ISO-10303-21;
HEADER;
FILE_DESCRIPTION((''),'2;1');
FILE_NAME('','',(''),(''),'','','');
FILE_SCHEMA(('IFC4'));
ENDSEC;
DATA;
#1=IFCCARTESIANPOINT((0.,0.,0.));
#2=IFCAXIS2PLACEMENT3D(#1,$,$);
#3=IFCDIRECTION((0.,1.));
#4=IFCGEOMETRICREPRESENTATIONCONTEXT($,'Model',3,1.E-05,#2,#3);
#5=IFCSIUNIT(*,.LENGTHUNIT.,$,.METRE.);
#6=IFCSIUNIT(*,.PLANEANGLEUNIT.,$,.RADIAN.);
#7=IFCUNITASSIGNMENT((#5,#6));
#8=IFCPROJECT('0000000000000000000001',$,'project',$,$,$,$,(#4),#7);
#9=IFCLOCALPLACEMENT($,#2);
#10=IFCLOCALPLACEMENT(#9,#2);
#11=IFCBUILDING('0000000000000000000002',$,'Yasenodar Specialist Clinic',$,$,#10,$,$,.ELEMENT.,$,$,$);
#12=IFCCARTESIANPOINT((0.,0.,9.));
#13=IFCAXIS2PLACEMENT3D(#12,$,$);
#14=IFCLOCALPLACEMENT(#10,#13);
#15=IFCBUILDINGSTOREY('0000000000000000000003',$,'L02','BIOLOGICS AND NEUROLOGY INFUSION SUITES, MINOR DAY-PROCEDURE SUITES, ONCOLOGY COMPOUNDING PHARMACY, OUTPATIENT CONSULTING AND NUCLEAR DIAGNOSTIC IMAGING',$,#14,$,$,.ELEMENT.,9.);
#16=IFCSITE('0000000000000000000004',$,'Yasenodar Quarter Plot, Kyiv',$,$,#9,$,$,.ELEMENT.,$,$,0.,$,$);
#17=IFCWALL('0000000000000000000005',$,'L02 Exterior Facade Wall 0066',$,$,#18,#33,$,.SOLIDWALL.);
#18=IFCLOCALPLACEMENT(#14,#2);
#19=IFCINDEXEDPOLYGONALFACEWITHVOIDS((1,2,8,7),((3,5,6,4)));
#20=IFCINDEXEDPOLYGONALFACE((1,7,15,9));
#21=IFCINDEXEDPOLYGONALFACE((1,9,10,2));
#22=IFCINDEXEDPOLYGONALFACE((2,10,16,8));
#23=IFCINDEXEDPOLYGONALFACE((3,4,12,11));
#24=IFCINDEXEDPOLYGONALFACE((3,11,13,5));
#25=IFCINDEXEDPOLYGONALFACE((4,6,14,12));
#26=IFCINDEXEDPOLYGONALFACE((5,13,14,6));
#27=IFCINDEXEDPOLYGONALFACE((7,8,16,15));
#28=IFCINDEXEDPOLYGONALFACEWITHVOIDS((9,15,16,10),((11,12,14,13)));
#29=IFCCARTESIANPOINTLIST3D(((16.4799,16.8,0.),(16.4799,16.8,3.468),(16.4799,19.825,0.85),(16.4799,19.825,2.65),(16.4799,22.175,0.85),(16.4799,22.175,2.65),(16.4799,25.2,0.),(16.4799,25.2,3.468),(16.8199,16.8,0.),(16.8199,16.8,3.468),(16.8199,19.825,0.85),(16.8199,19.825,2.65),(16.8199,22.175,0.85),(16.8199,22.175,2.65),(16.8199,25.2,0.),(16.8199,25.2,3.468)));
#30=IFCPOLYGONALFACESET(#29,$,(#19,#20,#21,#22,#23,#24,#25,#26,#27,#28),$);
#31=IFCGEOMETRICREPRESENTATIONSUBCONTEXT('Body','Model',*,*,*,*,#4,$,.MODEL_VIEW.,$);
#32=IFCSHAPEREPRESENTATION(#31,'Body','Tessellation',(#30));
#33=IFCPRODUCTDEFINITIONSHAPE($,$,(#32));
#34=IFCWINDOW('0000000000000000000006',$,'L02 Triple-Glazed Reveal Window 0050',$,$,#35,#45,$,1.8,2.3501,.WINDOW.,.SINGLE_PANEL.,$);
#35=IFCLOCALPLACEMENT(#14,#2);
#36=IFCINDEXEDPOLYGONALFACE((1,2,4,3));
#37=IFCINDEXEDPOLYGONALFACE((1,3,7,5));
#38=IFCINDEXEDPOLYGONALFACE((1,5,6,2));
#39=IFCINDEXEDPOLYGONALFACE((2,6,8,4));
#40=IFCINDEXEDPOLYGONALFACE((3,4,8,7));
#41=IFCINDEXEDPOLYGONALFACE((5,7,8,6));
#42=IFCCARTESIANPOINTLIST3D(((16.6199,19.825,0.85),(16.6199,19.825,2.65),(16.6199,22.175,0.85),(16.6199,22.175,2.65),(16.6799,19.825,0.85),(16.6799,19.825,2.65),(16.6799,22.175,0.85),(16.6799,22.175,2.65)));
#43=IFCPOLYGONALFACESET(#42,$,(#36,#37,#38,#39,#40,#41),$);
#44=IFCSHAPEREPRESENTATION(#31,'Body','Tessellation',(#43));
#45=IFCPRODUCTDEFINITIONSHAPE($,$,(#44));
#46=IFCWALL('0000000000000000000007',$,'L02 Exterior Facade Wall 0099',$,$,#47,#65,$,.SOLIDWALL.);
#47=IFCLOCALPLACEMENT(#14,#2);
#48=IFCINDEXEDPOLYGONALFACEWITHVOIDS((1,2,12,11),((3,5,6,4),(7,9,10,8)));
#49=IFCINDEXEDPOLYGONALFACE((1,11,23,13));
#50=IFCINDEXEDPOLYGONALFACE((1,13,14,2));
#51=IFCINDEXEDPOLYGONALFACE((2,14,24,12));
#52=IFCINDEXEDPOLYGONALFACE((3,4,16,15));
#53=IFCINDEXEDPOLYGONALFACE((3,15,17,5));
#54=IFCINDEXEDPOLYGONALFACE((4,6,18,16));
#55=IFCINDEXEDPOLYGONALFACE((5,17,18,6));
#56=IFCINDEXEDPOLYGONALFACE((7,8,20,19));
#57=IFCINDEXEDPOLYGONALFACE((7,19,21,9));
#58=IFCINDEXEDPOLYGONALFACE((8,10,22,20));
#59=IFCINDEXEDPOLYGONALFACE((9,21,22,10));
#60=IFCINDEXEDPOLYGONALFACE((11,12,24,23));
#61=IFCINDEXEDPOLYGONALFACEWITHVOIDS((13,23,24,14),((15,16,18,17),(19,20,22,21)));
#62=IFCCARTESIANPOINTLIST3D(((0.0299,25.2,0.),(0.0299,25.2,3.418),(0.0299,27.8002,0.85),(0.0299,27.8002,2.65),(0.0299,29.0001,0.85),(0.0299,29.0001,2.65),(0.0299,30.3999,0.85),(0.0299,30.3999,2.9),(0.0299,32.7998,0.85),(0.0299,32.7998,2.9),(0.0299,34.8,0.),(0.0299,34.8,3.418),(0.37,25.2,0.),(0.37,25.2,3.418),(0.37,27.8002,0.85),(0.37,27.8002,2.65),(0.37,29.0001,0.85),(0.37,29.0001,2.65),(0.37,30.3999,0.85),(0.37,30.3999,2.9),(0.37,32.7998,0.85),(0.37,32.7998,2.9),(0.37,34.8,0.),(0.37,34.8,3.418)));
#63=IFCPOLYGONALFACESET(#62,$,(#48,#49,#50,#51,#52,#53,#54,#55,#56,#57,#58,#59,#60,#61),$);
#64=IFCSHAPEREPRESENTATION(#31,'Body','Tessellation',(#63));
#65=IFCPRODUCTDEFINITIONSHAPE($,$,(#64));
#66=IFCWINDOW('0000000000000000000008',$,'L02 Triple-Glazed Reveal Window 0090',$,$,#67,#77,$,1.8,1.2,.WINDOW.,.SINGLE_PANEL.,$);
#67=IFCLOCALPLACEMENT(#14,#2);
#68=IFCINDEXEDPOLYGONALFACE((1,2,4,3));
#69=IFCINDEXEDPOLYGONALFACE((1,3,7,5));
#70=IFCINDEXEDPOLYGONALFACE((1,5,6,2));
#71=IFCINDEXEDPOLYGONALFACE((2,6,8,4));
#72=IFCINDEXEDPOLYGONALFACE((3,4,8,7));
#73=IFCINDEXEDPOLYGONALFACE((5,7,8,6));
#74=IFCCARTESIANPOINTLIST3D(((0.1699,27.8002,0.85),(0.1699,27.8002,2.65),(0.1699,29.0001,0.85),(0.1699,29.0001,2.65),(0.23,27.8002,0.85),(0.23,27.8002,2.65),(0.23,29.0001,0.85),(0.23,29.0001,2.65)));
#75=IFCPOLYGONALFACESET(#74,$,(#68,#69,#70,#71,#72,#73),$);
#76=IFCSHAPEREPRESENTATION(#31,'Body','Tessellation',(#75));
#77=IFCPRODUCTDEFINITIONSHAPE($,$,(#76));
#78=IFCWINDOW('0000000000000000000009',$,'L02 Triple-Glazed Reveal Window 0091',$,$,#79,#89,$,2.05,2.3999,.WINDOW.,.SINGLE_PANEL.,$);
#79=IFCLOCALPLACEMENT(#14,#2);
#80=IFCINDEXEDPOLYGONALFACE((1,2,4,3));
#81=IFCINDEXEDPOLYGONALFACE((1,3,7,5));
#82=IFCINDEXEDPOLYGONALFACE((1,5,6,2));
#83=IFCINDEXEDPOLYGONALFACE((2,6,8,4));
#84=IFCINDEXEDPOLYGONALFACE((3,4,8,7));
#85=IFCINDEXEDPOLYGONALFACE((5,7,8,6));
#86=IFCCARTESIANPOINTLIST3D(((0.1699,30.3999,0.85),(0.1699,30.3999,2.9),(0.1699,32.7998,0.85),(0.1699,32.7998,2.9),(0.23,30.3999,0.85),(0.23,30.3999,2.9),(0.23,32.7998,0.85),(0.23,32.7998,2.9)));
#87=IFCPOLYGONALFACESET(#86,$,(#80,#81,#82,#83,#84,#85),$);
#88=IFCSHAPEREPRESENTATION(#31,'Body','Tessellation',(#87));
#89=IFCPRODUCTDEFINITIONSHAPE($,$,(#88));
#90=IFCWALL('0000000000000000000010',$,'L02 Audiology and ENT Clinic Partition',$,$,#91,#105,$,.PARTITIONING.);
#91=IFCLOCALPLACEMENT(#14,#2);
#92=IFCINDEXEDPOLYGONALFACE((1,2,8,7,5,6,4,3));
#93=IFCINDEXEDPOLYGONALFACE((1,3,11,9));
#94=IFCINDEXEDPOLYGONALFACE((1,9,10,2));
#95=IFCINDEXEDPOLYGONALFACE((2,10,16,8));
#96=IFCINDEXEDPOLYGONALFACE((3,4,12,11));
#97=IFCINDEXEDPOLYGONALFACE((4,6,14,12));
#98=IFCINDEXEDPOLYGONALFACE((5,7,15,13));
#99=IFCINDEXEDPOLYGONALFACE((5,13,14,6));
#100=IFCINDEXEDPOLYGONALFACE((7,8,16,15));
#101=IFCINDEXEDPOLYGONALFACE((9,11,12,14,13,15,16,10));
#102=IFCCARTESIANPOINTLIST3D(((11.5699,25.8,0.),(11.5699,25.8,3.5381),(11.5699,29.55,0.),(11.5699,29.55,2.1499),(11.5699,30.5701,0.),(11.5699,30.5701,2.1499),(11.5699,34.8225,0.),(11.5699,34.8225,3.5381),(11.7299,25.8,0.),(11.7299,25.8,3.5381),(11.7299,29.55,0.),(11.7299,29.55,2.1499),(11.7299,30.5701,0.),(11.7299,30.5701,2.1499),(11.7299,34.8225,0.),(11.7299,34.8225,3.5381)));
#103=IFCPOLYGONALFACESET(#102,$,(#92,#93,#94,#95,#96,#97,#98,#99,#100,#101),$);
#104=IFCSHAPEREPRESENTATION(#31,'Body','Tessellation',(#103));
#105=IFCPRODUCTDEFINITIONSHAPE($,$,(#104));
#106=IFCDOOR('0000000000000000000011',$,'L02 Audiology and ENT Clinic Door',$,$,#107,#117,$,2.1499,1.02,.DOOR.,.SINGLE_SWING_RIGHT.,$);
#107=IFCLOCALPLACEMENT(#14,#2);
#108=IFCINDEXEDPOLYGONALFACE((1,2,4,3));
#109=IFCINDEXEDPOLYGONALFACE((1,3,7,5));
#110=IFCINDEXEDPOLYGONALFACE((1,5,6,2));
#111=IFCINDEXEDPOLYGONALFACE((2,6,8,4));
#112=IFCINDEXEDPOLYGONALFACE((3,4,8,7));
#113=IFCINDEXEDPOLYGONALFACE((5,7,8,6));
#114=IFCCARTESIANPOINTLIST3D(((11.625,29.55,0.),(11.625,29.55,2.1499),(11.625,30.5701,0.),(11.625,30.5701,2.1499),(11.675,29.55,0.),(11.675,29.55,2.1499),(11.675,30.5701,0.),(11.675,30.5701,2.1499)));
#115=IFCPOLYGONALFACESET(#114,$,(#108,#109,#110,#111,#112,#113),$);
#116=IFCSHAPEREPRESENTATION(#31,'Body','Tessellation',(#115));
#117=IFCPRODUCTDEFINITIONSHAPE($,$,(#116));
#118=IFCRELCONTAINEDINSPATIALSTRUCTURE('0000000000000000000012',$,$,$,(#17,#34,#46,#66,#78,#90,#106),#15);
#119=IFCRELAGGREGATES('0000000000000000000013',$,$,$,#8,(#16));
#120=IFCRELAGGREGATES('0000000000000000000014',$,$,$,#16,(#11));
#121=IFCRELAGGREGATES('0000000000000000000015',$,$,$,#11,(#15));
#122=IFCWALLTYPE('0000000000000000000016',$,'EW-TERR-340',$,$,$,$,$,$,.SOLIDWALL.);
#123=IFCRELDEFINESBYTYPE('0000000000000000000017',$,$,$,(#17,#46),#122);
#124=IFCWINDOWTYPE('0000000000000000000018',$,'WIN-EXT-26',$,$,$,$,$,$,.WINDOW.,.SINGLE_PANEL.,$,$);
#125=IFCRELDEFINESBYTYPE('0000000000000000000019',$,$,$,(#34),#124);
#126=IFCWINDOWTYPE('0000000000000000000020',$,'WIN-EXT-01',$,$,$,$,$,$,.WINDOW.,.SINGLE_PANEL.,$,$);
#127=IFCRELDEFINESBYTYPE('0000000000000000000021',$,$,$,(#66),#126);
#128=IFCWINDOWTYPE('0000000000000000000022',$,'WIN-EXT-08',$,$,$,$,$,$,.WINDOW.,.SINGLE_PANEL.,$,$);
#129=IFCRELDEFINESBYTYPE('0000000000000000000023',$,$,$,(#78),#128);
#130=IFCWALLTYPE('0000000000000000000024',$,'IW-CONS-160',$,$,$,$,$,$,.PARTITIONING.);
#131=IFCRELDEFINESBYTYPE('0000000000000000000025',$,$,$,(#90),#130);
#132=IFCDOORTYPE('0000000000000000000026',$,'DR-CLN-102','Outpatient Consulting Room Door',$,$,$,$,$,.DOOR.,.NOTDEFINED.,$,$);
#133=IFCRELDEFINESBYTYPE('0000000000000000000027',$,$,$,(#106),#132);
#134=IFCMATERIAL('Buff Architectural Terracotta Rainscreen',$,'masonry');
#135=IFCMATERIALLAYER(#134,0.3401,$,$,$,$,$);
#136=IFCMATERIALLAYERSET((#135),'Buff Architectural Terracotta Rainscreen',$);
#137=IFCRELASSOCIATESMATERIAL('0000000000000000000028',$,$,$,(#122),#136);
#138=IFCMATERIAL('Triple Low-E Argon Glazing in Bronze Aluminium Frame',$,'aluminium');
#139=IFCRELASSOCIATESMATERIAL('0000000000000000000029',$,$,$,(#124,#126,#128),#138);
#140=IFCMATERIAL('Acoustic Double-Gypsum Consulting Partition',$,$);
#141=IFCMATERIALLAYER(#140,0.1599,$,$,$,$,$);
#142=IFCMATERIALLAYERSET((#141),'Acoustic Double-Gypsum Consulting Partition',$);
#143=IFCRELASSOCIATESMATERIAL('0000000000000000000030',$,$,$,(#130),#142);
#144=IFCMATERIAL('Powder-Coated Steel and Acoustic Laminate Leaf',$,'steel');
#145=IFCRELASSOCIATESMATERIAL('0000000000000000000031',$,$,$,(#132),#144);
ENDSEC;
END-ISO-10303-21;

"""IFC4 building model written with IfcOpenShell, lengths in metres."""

from ifc_helpers import new_model, si_unit, direction, frame, frame_2d, origin, place, context, subcontext, project, spatial, rectangle, extrude, material, layer, layer_set, type_object, element, fill, save


model = new_model("IFC4")

# Units and contexts
model_context = context("Model", 3, precision=1e-05, world=origin(), true_north=direction((0.0, 1.0)))
body_context = subcontext(model_context, "Body", "Model", "MODEL_VIEW")
ifc_project = project(units=[si_unit("LENGTHUNIT", "METRE"), si_unit("PLANEANGLEUNIT", "RADIAN")], contexts=[model_context])

# Site, building, storey
site_placement = place(None, origin())
site = spatial("IfcSite", under=ifc_project, at=site_placement, Name="Yasenodar Quarter Plot, Kyiv", CompositionType="ELEMENT", RefElevation=0.0)
building_placement = place(site_placement, origin())
building = spatial("IfcBuilding", under=site, at=building_placement, Name="Yasenodar Specialist Clinic", CompositionType="ELEMENT")
storey_placement = place(building_placement, frame((0.0, 0.0, 9.0)))
storey = spatial("IfcBuildingStorey", under=building, at=storey_placement, Name="L02", Description="BIOLOGICS AND NEUROLOGY INFUSION SUITES, MINOR DAY-PROCEDURE SUITES, ONCOLOGY COMPOUNDING PHARMACY, OUTPATIENT CONSULTING AND NUCLEAR DIAGNOSTIC IMAGING", CompositionType="ELEMENT", Elevation=9.0)

# Wall, opening, window
ifc_material_1 = material(Name="Buff Architectural Terracotta Rainscreen", Category="masonry")
ifc_layer_1 = layer(ifc_material_1, 0.3401)
ifc_layer_set_1 = layer_set([ifc_layer_1], Name="Buff Architectural Terracotta Rainscreen")
wall_type_1 = type_object("IfcWallType", Name="EW-TERR-340", PredefinedType="SOLIDWALL", material=ifc_layer_set_1)
ifc_material_2 = material(Name="Triple Low-E Argon Glazing in Bronze Aluminium Frame", Category="aluminium")
wall_1_placement = place(storey_placement, frame((16.6499, 25.2, 0.0), z_axis=(0.0, 0.0, 1.0), x_axis=(0.0, -1.0, 0.0)))
wall_1 = element("IfcWall", 1, at=wall_1_placement, inside=storey, type_object=wall_type_1, Name="L02 Exterior Facade Wall 0066", PredefinedType="SOLIDWALL", context=body_context, shape_type="SweptSolid", body=[
    extrude(rectangle(XDim=8.3999, YDim=0.3401, at=frame_2d((4.2, 0.0))), origin(), (0.0, 0.0, 1.0), 3.468),
])
opening_1_placement = place(wall_1_placement, frame((3.0249, 0.0, 0.8501)))
opening_1 = element("IfcOpeningElement", 2, at=opening_1_placement, cuts=wall_1, PredefinedType="OPENING", context=body_context, shape_type="SweptSolid", body=[
    extrude(rectangle(XDim=2.3501, YDim=1.8, at=frame_2d((1.175, 0.8999))), frame((0.0, 0.1802, 0.0), z_axis=(0.0, -1.0, 0.0), x_axis=(1.0, 0.0, 0.0)), (0.0, 0.0, 1.0), 0.3601),
])
window_type_1 = type_object("IfcWindowType", Name="WIN-EXT-26", PartitioningType="SINGLE_PANEL", PredefinedType="WINDOW", material=ifc_material_2)
window_1_placement = place(opening_1_placement, origin())
window_1 = element("IfcWindow", 3, at=window_1_placement, inside=storey, type_object=window_type_1, Name="L02 Triple-Glazed Reveal Window 0050", OverallHeight=1.8, OverallWidth=2.3501, PartitioningType="SINGLE_PANEL", PredefinedType="WINDOW", context=body_context, shape_type="SweptSolid", body=[
    extrude(rectangle(XDim=2.3501, YDim=1.8, at=frame_2d((1.175, 0.8999))), frame((0.0, 0.03, 0.0), z_axis=(0.0, -1.0, 0.0), x_axis=(1.0, 0.0, 0.0)), (0.0, 0.0, 1.0), 0.0601),
])
fill(opening_1, window_1)

# Wall, openings, windows
wall_2_placement = place(storey_placement, frame((0.2, 25.2, 0.0), z_axis=(0.0, 0.0, 1.0), x_axis=(0.0, 1.0, 0.0)))
wall_2 = element("IfcWall", 4, at=wall_2_placement, inside=storey, type_object=wall_type_1, Name="L02 Exterior Facade Wall 0099", PredefinedType="SOLIDWALL", context=body_context, shape_type="SweptSolid", body=[
    extrude(rectangle(XDim=9.6001, YDim=0.3401, at=frame_2d((4.8, 0.0))), origin(), (0.0, 0.0, 1.0), 3.418),
])
opening_2_placement = place(wall_2_placement, frame((2.6001, 0.0, 0.8501)))
opening_2 = element("IfcOpeningElement", 5, at=opening_2_placement, cuts=wall_2, PredefinedType="OPENING", context=body_context, shape_type="SweptSolid", body=[
    extrude(rectangle(XDim=1.2, YDim=1.8, at=frame_2d((0.6001, 0.8999))), frame((0.0, 0.1802, 0.0), z_axis=(0.0, -1.0, 0.0), x_axis=(1.0, 0.0, 0.0)), (0.0, 0.0, 1.0), 0.3601),
])
opening_3_placement = place(wall_2_placement, frame((5.2, 0.0, 0.8501)))
opening_3 = element("IfcOpeningElement", 6, at=opening_3_placement, cuts=wall_2, PredefinedType="OPENING", context=body_context, shape_type="SweptSolid", body=[
    extrude(rectangle(XDim=2.3999, YDim=2.05, at=frame_2d((1.2, 1.0249))), frame((0.0, 0.1802, 0.0), z_axis=(0.0, -1.0, 0.0), x_axis=(1.0, 0.0, 0.0)), (0.0, 0.0, 1.0), 0.3601),
])
window_type_2 = type_object("IfcWindowType", Name="WIN-EXT-01", PartitioningType="SINGLE_PANEL", PredefinedType="WINDOW", material=ifc_material_2)
window_2_placement = place(opening_2_placement, origin())
window_2 = element("IfcWindow", 7, at=window_2_placement, inside=storey, type_object=window_type_2, Name="L02 Triple-Glazed Reveal Window 0090", OverallHeight=1.8, OverallWidth=1.2, PartitioningType="SINGLE_PANEL", PredefinedType="WINDOW", context=body_context, shape_type="SweptSolid", body=[
    extrude(rectangle(XDim=1.2, YDim=1.8, at=frame_2d((0.6001, 0.8999))), frame((0.0, 0.03, 0.0), z_axis=(0.0, -1.0, 0.0), x_axis=(1.0, 0.0, 0.0)), (0.0, 0.0, 1.0), 0.0601),
])
fill(opening_2, window_2)
window_type_3 = type_object("IfcWindowType", Name="WIN-EXT-08", PartitioningType="SINGLE_PANEL", PredefinedType="WINDOW", material=ifc_material_2)
window_3_placement = place(opening_3_placement, origin())
window_3 = element("IfcWindow", 8, at=window_3_placement, inside=storey, type_object=window_type_3, Name="L02 Triple-Glazed Reveal Window 0091", OverallHeight=2.05, OverallWidth=2.3999, PartitioningType="SINGLE_PANEL", PredefinedType="WINDOW", context=body_context, shape_type="SweptSolid", body=[
    extrude(rectangle(XDim=2.3999, YDim=2.05, at=frame_2d((1.2, 1.0249))), frame((0.0, 0.03, 0.0), z_axis=(0.0, -1.0, 0.0), x_axis=(1.0, 0.0, 0.0)), (0.0, 0.0, 1.0), 0.0601),
])
fill(opening_3, window_3)

# Wall, opening, door
ifc_material_3 = material(Name="Acoustic Double-Gypsum Consulting Partition")
ifc_layer_2 = layer(ifc_material_3, 0.1599)
ifc_layer_set_2 = layer_set([ifc_layer_2], Name="Acoustic Double-Gypsum Consulting Partition")
wall_type_2 = type_object("IfcWallType", Name="IW-CONS-160", PredefinedType="PARTITIONING", material=ifc_layer_set_2)
wall_3_placement = place(storey_placement, frame((11.6499, 25.8, 0.0), z_axis=(0.0, 0.0, 1.0), x_axis=(0.0, 1.0, 0.0)))
wall_3 = element("IfcWall", 9, at=wall_3_placement, inside=storey, type_object=wall_type_2, Name="L02 Audiology and ENT Clinic Partition", PredefinedType="PARTITIONING", context=body_context, shape_type="SweptSolid", body=[
    extrude(rectangle(XDim=9.0225, YDim=0.1599, at=frame_2d((4.5112, 0.0))), origin(), (0.0, 0.0, 1.0), 3.5381),
])
opening_4_placement = place(wall_3_placement, frame((3.75, 0.0, 0.0)))
opening_4 = element("IfcOpeningElement", 10, at=opening_4_placement, cuts=wall_3, PredefinedType="OPENING", context=body_context, shape_type="SweptSolid", body=[
    extrude(rectangle(XDim=1.02, YDim=2.1499, at=frame_2d((0.51, 1.075))), frame((0.0, 0.0898, 0.0), z_axis=(0.0, -1.0, 0.0), x_axis=(1.0, 0.0, 0.0)), (0.0, 0.0, 1.0), 0.1799),
])
ifc_material_4 = material(Name="Powder-Coated Steel and Acoustic Laminate Leaf", Category="steel")
door_type = type_object("IfcDoorType", Name="DR-CLN-102", Description="Outpatient Consulting Room Door", OperationType="NOTDEFINED", PredefinedType="DOOR", material=ifc_material_4)
door_placement = place(opening_4_placement, origin())
door = element("IfcDoor", 11, at=door_placement, inside=storey, type_object=door_type, Name="L02 Audiology and ENT Clinic Door", OperationType="SINGLE_SWING_RIGHT", OverallHeight=2.1499, OverallWidth=1.02, PredefinedType="DOOR", context=body_context, shape_type="SweptSolid", body=[
    extrude(rectangle(XDim=1.02, YDim=2.1499, at=frame_2d((0.51, 1.075))), frame((0.0, 0.0249, 0.0), z_axis=(0.0, -1.0, 0.0), x_axis=(1.0, 0.0, 0.0)), (0.0, 0.0, 1.0), 0.05),
])
fill(opening_4, door)

save(model, "model.ifc")
